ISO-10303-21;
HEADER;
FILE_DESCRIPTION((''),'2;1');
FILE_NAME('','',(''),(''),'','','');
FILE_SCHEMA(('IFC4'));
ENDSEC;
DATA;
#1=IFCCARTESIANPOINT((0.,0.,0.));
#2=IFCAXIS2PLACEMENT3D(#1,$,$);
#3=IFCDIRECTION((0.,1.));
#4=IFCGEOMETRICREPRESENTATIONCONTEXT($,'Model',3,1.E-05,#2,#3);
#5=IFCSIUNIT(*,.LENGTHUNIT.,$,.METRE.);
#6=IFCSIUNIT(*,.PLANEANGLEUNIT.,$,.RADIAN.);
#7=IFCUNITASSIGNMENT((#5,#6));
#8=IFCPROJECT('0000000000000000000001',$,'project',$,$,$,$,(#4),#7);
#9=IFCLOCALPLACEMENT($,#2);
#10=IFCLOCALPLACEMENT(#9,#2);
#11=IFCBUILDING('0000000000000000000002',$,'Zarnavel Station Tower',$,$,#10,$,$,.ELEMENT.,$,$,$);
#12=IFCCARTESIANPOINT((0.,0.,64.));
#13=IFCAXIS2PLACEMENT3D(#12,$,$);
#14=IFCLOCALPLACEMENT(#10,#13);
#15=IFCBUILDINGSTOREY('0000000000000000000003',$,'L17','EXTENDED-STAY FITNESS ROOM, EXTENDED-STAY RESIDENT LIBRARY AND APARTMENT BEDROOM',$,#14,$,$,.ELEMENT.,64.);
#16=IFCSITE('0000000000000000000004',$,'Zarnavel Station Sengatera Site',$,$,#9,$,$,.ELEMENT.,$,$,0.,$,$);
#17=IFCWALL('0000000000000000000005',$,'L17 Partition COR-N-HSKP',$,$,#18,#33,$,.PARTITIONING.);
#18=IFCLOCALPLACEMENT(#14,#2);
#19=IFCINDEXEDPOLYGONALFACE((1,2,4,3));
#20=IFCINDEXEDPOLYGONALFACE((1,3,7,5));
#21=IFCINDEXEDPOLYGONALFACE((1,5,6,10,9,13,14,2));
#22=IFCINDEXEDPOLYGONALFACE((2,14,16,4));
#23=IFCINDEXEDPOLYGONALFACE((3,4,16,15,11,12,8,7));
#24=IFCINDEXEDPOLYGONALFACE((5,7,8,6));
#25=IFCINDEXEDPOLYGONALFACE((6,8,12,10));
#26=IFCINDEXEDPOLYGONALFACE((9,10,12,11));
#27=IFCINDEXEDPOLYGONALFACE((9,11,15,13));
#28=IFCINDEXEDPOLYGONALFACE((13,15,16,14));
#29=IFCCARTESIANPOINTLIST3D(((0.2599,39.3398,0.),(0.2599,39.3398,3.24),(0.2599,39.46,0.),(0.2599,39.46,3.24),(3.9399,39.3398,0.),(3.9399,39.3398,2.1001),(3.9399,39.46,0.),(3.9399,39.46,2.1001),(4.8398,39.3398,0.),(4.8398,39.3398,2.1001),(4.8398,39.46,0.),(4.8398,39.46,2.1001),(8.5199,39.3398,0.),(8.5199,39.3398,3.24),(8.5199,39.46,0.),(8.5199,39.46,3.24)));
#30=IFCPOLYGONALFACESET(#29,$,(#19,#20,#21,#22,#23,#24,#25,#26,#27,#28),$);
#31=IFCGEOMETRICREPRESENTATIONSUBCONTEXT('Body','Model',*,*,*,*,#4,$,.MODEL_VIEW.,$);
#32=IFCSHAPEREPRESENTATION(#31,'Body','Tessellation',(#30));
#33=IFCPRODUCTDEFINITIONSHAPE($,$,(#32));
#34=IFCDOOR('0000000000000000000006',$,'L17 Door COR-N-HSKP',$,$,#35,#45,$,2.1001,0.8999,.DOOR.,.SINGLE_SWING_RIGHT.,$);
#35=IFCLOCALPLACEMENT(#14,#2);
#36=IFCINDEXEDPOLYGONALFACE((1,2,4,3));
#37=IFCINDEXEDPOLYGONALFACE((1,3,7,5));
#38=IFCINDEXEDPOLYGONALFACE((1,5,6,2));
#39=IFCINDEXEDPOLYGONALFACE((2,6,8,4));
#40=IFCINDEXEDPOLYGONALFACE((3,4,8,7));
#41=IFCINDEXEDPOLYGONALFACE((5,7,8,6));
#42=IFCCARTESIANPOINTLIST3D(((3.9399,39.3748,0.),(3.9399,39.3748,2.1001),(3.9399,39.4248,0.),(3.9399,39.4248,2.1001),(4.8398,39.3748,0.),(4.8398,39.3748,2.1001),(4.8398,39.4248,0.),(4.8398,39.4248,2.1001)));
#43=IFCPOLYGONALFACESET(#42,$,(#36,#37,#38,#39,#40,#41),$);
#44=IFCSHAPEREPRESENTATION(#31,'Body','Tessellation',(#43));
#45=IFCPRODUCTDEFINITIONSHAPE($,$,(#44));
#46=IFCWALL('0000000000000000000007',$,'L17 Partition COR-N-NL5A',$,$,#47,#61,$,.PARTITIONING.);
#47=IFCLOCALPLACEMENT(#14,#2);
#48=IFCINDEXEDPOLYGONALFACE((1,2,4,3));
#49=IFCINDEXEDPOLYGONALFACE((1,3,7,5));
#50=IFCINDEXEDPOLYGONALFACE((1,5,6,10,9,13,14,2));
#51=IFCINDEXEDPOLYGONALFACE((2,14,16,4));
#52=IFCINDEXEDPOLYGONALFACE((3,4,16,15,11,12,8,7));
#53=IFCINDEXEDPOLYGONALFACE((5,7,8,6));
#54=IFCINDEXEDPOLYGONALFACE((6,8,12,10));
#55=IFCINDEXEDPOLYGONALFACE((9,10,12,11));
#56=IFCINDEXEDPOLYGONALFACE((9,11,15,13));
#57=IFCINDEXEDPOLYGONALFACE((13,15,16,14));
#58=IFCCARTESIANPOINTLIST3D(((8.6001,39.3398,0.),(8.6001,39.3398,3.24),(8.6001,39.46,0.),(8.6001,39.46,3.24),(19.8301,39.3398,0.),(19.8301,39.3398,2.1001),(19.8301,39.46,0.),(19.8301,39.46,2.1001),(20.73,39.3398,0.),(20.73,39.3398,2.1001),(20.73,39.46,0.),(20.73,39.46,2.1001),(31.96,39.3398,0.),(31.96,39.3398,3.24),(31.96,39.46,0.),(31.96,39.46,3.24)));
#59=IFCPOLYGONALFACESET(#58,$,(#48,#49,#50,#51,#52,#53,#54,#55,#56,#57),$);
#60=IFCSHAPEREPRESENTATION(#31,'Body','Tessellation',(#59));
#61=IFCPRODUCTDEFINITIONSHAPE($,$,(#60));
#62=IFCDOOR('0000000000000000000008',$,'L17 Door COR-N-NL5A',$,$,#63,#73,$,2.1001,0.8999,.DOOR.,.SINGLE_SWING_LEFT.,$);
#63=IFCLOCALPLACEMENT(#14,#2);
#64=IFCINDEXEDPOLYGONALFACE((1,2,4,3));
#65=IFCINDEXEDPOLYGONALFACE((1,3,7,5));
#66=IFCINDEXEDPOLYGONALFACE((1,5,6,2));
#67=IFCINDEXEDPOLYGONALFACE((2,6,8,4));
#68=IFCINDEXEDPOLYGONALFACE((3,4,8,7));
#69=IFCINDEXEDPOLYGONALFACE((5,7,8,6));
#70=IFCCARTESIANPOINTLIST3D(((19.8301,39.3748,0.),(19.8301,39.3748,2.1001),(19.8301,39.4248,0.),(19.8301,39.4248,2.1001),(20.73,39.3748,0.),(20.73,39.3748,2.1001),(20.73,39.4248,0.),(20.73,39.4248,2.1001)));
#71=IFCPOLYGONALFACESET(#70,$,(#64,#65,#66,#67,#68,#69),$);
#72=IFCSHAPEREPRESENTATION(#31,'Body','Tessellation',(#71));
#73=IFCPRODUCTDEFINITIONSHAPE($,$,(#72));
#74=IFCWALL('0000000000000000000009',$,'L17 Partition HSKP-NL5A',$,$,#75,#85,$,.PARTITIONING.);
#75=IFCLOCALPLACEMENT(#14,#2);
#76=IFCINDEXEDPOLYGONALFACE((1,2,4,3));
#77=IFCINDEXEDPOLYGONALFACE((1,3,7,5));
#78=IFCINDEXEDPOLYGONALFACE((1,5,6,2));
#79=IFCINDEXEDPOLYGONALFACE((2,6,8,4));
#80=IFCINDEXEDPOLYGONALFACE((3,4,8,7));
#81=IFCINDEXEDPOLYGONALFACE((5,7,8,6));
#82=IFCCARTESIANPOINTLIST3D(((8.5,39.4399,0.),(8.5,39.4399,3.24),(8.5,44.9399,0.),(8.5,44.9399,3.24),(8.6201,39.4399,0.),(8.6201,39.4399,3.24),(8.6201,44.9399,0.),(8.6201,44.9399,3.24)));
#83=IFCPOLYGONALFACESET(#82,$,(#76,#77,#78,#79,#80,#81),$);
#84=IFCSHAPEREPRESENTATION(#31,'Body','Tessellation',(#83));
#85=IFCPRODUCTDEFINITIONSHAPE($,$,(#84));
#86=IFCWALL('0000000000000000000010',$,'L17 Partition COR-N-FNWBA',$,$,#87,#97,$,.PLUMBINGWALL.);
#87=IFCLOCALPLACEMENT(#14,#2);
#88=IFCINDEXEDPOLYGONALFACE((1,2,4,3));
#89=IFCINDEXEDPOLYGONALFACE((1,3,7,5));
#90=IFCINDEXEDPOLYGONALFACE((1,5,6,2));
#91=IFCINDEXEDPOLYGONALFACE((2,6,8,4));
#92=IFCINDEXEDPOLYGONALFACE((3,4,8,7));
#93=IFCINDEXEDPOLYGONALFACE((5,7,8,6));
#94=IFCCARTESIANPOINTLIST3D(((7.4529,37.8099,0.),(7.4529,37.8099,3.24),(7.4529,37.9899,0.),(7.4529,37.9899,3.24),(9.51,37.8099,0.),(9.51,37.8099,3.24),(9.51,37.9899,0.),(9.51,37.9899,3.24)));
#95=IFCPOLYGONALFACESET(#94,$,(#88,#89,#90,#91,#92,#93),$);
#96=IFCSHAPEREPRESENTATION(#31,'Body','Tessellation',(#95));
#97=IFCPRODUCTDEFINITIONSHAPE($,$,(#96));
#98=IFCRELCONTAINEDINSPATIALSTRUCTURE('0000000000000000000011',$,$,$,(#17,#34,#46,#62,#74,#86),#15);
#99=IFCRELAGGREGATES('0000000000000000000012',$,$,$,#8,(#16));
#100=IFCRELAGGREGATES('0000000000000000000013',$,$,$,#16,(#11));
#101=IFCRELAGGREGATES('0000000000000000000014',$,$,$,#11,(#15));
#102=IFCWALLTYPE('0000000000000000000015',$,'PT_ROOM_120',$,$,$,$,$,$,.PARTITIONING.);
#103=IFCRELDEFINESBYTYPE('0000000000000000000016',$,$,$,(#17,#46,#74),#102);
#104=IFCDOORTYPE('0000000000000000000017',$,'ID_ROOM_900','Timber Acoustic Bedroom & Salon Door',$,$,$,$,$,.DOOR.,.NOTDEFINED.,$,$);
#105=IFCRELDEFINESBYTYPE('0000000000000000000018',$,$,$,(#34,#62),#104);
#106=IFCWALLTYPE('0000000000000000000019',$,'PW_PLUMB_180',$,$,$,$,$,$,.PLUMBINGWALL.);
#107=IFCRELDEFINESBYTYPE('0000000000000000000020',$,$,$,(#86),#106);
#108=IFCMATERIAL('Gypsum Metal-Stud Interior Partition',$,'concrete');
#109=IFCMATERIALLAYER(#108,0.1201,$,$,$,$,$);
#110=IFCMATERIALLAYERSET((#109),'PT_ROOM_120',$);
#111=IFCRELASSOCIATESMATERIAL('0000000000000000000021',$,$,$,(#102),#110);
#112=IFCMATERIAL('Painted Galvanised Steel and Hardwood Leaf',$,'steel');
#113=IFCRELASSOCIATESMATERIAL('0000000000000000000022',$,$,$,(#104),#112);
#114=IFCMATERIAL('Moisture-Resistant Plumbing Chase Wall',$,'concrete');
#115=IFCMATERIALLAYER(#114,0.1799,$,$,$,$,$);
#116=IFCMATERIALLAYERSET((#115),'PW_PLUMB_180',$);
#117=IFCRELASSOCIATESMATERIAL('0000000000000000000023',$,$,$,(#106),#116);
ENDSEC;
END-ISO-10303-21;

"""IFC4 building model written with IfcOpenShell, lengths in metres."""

from ifc_helpers import new_model, si_unit, direction, frame, frame_2d, origin, place, context, subcontext, project, spatial, rectangle, extrude, material, layer, layer_set, type_object, element, fill, save


model = new_model("IFC4")

# Units and contexts
model_context = context("Model", 3, precision=1e-05, world=origin(), true_north=direction((0.0, 1.0)))
body_context = subcontext(model_context, "Body", "Model", "MODEL_VIEW")
ifc_project = project(units=[si_unit("LENGTHUNIT", "METRE"), si_unit("PLANEANGLEUNIT", "RADIAN")], contexts=[model_context])

# Site, building, storey
site_placement = place(None, origin())
site = spatial("IfcSite", under=ifc_project, at=site_placement, Name="Zarnavel Station Sengatera Site", CompositionType="ELEMENT", RefElevation=0.0)
building_placement = place(site_placement, origin())
building = spatial("IfcBuilding", under=site, at=building_placement, Name="Zarnavel Station Tower", CompositionType="ELEMENT")
storey_placement = place(building_placement, frame((0.0, 0.0, 64.0)))
storey = spatial("IfcBuildingStorey", under=building, at=storey_placement, Name="L17", Description="EXTENDED-STAY FITNESS ROOM, EXTENDED-STAY RESIDENT LIBRARY AND APARTMENT BEDROOM", CompositionType="ELEMENT", Elevation=64.0)

# Walls, openings, doors
ifc_material_1 = material(Name="Gypsum Metal-Stud Interior Partition", Category="concrete")
ifc_layer_1 = layer(ifc_material_1, 0.1201)
ifc_layer_set_1 = layer_set([ifc_layer_1], Name="PT_ROOM_120")
wall_type_1 = type_object("IfcWallType", Name="PT_ROOM_120", PredefinedType="PARTITIONING", material=ifc_layer_set_1)
wall_1_placement = place(storey_placement, frame((0.26, 39.3999, 0.0), z_axis=(0.0, 0.0, 1.0), x_axis=(1.0, 0.0, 0.0)))
wall_1 = element("IfcWall", 1, at=wall_1_placement, inside=storey, type_object=wall_type_1, Name="L17 Partition COR-N-HSKP", PredefinedType="PARTITIONING", context=body_context, shape_type="SweptSolid", body=[
    extrude(rectangle(XDim=8.26, YDim=0.1201, at=frame_2d((4.1299, 0.0))), origin(), (0.0, 0.0, 1.0), 3.24),
])
opening_1_placement = place(wall_1_placement, frame((3.6799, 0.0, 0.0)))
opening_1 = element("IfcOpeningElement", 2, at=opening_1_placement, cuts=wall_1, PredefinedType="OPENING", context=body_context, shape_type="SweptSolid", body=[
    extrude(rectangle(XDim=0.8999, YDim=2.1001, at=frame_2d((0.45, 1.05))), frame((0.0, 0.0701, 0.0), z_axis=(0.0, -1.0, 0.0), x_axis=(1.0, 0.0, 0.0)), (0.0, 0.0, 1.0), 0.1401),
])
ifc_material_2 = material(Name="Painted Galvanised Steel and Hardwood Leaf", Category="steel")
door_type_1 = type_object("IfcDoorType", Name="ID_ROOM_900", Description="Timber Acoustic Bedroom & Salon Door", OperationType="NOTDEFINED", PredefinedType="DOOR", material=ifc_material_2)
door_1_placement = place(opening_1_placement, origin())
door_1 = element("IfcDoor", 3, at=door_1_placement, inside=storey, type_object=door_type_1, Name="L17 Door COR-N-HSKP", OperationType="SINGLE_SWING_RIGHT", OverallHeight=2.1001, OverallWidth=0.8999, PredefinedType="DOOR", context=body_context, shape_type="SweptSolid", body=[
    extrude(rectangle(XDim=0.8999, YDim=2.1001, at=frame_2d((0.45, 1.05))), frame((0.0, 0.0249, 0.0), z_axis=(0.0, -1.0, 0.0), x_axis=(1.0, 0.0, 0.0)), (0.0, 0.0, 1.0), 0.05),
])
fill(opening_1, door_1)
wall_2_placement = place(storey_placement, frame((8.6001, 39.3999, 0.0), z_axis=(0.0, 0.0, 1.0), x_axis=(1.0, 0.0, 0.0)))
wall_2 = element("IfcWall", 4, at=wall_2_placement, inside=storey, type_object=wall_type_1, Name="L17 Partition COR-N-NL5A", PredefinedType="PARTITIONING", context=body_context, shape_type="SweptSolid", body=[
    extrude(rectangle(XDim=23.3599, YDim=0.1201, at=frame_2d((11.6799, 0.0))), origin(), (0.0, 0.0, 1.0), 3.24),
])
opening_2_placement = place(wall_2_placement, frame((11.23, 0.0, 0.0)))
opening_2 = element("IfcOpeningElement", 5, at=opening_2_placement, cuts=wall_2, PredefinedType="OPENING", context=body_context, shape_type="SweptSolid", body=[
    extrude(rectangle(XDim=0.8999, YDim=2.1001, at=frame_2d((0.45, 1.05))), frame((0.0, 0.0701, 0.0), z_axis=(0.0, -1.0, 0.0), x_axis=(1.0, 0.0, 0.0)), (0.0, 0.0, 1.0), 0.1401),
])
door_2_placement = place(opening_2_placement, origin())
door_2 = element("IfcDoor", 6, at=door_2_placement, inside=storey, type_object=door_type_1, Name="L17 Door COR-N-NL5A", OperationType="SINGLE_SWING_LEFT", OverallHeight=2.1001, OverallWidth=0.8999, PredefinedType="DOOR", context=body_context, shape_type="SweptSolid", body=[
    extrude(rectangle(XDim=0.8999, YDim=2.1001, at=frame_2d((0.45, 1.05))), frame((0.0, 0.0249, 0.0), z_axis=(0.0, -1.0, 0.0), x_axis=(1.0, 0.0, 0.0)), (0.0, 0.0, 1.0), 0.05),
])
fill(opening_2, door_2)

# Walls
wall_3_placement = place(storey_placement, frame((8.5601, 39.4399, 0.0), z_axis=(0.0, 0.0, 1.0), x_axis=(0.0, 1.0, 0.0)))
element("IfcWall", 7, at=wall_3_placement, inside=storey, type_object=wall_type_1, Name="L17 Partition HSKP-NL5A", PredefinedType="PARTITIONING", context=body_context, shape_type="SweptSolid", body=[
    extrude(rectangle(XDim=5.5, YDim=0.1201, at=frame_2d((2.75, 0.0))), origin(), (0.0, 0.0, 1.0), 3.24),
])
ifc_material_3 = material(Name="Moisture-Resistant Plumbing Chase Wall", Category="concrete")
ifc_layer_2 = layer(ifc_material_3, 0.1799)
ifc_layer_set_2 = layer_set([ifc_layer_2], Name="PW_PLUMB_180")
wall_type_2 = type_object("IfcWallType", Name="PW_PLUMB_180", PredefinedType="PLUMBINGWALL", material=ifc_layer_set_2)
wall_4_placement = place(storey_placement, frame((7.4529, 37.8999, 0.0), z_axis=(0.0, 0.0, 1.0), x_axis=(1.0, 0.0, 0.0)))
element("IfcWall", 8, at=wall_4_placement, inside=storey, type_object=wall_type_2, Name="L17 Partition COR-N-FNWBA", PredefinedType="PLUMBINGWALL", context=body_context, shape_type="SweptSolid", body=[
    extrude(rectangle(XDim=2.0571, YDim=0.1799, at=frame_2d((1.0286, 0.0))), origin(), (0.0, 0.0, 1.0), 3.24),
])

save(model, "model.ifc")
